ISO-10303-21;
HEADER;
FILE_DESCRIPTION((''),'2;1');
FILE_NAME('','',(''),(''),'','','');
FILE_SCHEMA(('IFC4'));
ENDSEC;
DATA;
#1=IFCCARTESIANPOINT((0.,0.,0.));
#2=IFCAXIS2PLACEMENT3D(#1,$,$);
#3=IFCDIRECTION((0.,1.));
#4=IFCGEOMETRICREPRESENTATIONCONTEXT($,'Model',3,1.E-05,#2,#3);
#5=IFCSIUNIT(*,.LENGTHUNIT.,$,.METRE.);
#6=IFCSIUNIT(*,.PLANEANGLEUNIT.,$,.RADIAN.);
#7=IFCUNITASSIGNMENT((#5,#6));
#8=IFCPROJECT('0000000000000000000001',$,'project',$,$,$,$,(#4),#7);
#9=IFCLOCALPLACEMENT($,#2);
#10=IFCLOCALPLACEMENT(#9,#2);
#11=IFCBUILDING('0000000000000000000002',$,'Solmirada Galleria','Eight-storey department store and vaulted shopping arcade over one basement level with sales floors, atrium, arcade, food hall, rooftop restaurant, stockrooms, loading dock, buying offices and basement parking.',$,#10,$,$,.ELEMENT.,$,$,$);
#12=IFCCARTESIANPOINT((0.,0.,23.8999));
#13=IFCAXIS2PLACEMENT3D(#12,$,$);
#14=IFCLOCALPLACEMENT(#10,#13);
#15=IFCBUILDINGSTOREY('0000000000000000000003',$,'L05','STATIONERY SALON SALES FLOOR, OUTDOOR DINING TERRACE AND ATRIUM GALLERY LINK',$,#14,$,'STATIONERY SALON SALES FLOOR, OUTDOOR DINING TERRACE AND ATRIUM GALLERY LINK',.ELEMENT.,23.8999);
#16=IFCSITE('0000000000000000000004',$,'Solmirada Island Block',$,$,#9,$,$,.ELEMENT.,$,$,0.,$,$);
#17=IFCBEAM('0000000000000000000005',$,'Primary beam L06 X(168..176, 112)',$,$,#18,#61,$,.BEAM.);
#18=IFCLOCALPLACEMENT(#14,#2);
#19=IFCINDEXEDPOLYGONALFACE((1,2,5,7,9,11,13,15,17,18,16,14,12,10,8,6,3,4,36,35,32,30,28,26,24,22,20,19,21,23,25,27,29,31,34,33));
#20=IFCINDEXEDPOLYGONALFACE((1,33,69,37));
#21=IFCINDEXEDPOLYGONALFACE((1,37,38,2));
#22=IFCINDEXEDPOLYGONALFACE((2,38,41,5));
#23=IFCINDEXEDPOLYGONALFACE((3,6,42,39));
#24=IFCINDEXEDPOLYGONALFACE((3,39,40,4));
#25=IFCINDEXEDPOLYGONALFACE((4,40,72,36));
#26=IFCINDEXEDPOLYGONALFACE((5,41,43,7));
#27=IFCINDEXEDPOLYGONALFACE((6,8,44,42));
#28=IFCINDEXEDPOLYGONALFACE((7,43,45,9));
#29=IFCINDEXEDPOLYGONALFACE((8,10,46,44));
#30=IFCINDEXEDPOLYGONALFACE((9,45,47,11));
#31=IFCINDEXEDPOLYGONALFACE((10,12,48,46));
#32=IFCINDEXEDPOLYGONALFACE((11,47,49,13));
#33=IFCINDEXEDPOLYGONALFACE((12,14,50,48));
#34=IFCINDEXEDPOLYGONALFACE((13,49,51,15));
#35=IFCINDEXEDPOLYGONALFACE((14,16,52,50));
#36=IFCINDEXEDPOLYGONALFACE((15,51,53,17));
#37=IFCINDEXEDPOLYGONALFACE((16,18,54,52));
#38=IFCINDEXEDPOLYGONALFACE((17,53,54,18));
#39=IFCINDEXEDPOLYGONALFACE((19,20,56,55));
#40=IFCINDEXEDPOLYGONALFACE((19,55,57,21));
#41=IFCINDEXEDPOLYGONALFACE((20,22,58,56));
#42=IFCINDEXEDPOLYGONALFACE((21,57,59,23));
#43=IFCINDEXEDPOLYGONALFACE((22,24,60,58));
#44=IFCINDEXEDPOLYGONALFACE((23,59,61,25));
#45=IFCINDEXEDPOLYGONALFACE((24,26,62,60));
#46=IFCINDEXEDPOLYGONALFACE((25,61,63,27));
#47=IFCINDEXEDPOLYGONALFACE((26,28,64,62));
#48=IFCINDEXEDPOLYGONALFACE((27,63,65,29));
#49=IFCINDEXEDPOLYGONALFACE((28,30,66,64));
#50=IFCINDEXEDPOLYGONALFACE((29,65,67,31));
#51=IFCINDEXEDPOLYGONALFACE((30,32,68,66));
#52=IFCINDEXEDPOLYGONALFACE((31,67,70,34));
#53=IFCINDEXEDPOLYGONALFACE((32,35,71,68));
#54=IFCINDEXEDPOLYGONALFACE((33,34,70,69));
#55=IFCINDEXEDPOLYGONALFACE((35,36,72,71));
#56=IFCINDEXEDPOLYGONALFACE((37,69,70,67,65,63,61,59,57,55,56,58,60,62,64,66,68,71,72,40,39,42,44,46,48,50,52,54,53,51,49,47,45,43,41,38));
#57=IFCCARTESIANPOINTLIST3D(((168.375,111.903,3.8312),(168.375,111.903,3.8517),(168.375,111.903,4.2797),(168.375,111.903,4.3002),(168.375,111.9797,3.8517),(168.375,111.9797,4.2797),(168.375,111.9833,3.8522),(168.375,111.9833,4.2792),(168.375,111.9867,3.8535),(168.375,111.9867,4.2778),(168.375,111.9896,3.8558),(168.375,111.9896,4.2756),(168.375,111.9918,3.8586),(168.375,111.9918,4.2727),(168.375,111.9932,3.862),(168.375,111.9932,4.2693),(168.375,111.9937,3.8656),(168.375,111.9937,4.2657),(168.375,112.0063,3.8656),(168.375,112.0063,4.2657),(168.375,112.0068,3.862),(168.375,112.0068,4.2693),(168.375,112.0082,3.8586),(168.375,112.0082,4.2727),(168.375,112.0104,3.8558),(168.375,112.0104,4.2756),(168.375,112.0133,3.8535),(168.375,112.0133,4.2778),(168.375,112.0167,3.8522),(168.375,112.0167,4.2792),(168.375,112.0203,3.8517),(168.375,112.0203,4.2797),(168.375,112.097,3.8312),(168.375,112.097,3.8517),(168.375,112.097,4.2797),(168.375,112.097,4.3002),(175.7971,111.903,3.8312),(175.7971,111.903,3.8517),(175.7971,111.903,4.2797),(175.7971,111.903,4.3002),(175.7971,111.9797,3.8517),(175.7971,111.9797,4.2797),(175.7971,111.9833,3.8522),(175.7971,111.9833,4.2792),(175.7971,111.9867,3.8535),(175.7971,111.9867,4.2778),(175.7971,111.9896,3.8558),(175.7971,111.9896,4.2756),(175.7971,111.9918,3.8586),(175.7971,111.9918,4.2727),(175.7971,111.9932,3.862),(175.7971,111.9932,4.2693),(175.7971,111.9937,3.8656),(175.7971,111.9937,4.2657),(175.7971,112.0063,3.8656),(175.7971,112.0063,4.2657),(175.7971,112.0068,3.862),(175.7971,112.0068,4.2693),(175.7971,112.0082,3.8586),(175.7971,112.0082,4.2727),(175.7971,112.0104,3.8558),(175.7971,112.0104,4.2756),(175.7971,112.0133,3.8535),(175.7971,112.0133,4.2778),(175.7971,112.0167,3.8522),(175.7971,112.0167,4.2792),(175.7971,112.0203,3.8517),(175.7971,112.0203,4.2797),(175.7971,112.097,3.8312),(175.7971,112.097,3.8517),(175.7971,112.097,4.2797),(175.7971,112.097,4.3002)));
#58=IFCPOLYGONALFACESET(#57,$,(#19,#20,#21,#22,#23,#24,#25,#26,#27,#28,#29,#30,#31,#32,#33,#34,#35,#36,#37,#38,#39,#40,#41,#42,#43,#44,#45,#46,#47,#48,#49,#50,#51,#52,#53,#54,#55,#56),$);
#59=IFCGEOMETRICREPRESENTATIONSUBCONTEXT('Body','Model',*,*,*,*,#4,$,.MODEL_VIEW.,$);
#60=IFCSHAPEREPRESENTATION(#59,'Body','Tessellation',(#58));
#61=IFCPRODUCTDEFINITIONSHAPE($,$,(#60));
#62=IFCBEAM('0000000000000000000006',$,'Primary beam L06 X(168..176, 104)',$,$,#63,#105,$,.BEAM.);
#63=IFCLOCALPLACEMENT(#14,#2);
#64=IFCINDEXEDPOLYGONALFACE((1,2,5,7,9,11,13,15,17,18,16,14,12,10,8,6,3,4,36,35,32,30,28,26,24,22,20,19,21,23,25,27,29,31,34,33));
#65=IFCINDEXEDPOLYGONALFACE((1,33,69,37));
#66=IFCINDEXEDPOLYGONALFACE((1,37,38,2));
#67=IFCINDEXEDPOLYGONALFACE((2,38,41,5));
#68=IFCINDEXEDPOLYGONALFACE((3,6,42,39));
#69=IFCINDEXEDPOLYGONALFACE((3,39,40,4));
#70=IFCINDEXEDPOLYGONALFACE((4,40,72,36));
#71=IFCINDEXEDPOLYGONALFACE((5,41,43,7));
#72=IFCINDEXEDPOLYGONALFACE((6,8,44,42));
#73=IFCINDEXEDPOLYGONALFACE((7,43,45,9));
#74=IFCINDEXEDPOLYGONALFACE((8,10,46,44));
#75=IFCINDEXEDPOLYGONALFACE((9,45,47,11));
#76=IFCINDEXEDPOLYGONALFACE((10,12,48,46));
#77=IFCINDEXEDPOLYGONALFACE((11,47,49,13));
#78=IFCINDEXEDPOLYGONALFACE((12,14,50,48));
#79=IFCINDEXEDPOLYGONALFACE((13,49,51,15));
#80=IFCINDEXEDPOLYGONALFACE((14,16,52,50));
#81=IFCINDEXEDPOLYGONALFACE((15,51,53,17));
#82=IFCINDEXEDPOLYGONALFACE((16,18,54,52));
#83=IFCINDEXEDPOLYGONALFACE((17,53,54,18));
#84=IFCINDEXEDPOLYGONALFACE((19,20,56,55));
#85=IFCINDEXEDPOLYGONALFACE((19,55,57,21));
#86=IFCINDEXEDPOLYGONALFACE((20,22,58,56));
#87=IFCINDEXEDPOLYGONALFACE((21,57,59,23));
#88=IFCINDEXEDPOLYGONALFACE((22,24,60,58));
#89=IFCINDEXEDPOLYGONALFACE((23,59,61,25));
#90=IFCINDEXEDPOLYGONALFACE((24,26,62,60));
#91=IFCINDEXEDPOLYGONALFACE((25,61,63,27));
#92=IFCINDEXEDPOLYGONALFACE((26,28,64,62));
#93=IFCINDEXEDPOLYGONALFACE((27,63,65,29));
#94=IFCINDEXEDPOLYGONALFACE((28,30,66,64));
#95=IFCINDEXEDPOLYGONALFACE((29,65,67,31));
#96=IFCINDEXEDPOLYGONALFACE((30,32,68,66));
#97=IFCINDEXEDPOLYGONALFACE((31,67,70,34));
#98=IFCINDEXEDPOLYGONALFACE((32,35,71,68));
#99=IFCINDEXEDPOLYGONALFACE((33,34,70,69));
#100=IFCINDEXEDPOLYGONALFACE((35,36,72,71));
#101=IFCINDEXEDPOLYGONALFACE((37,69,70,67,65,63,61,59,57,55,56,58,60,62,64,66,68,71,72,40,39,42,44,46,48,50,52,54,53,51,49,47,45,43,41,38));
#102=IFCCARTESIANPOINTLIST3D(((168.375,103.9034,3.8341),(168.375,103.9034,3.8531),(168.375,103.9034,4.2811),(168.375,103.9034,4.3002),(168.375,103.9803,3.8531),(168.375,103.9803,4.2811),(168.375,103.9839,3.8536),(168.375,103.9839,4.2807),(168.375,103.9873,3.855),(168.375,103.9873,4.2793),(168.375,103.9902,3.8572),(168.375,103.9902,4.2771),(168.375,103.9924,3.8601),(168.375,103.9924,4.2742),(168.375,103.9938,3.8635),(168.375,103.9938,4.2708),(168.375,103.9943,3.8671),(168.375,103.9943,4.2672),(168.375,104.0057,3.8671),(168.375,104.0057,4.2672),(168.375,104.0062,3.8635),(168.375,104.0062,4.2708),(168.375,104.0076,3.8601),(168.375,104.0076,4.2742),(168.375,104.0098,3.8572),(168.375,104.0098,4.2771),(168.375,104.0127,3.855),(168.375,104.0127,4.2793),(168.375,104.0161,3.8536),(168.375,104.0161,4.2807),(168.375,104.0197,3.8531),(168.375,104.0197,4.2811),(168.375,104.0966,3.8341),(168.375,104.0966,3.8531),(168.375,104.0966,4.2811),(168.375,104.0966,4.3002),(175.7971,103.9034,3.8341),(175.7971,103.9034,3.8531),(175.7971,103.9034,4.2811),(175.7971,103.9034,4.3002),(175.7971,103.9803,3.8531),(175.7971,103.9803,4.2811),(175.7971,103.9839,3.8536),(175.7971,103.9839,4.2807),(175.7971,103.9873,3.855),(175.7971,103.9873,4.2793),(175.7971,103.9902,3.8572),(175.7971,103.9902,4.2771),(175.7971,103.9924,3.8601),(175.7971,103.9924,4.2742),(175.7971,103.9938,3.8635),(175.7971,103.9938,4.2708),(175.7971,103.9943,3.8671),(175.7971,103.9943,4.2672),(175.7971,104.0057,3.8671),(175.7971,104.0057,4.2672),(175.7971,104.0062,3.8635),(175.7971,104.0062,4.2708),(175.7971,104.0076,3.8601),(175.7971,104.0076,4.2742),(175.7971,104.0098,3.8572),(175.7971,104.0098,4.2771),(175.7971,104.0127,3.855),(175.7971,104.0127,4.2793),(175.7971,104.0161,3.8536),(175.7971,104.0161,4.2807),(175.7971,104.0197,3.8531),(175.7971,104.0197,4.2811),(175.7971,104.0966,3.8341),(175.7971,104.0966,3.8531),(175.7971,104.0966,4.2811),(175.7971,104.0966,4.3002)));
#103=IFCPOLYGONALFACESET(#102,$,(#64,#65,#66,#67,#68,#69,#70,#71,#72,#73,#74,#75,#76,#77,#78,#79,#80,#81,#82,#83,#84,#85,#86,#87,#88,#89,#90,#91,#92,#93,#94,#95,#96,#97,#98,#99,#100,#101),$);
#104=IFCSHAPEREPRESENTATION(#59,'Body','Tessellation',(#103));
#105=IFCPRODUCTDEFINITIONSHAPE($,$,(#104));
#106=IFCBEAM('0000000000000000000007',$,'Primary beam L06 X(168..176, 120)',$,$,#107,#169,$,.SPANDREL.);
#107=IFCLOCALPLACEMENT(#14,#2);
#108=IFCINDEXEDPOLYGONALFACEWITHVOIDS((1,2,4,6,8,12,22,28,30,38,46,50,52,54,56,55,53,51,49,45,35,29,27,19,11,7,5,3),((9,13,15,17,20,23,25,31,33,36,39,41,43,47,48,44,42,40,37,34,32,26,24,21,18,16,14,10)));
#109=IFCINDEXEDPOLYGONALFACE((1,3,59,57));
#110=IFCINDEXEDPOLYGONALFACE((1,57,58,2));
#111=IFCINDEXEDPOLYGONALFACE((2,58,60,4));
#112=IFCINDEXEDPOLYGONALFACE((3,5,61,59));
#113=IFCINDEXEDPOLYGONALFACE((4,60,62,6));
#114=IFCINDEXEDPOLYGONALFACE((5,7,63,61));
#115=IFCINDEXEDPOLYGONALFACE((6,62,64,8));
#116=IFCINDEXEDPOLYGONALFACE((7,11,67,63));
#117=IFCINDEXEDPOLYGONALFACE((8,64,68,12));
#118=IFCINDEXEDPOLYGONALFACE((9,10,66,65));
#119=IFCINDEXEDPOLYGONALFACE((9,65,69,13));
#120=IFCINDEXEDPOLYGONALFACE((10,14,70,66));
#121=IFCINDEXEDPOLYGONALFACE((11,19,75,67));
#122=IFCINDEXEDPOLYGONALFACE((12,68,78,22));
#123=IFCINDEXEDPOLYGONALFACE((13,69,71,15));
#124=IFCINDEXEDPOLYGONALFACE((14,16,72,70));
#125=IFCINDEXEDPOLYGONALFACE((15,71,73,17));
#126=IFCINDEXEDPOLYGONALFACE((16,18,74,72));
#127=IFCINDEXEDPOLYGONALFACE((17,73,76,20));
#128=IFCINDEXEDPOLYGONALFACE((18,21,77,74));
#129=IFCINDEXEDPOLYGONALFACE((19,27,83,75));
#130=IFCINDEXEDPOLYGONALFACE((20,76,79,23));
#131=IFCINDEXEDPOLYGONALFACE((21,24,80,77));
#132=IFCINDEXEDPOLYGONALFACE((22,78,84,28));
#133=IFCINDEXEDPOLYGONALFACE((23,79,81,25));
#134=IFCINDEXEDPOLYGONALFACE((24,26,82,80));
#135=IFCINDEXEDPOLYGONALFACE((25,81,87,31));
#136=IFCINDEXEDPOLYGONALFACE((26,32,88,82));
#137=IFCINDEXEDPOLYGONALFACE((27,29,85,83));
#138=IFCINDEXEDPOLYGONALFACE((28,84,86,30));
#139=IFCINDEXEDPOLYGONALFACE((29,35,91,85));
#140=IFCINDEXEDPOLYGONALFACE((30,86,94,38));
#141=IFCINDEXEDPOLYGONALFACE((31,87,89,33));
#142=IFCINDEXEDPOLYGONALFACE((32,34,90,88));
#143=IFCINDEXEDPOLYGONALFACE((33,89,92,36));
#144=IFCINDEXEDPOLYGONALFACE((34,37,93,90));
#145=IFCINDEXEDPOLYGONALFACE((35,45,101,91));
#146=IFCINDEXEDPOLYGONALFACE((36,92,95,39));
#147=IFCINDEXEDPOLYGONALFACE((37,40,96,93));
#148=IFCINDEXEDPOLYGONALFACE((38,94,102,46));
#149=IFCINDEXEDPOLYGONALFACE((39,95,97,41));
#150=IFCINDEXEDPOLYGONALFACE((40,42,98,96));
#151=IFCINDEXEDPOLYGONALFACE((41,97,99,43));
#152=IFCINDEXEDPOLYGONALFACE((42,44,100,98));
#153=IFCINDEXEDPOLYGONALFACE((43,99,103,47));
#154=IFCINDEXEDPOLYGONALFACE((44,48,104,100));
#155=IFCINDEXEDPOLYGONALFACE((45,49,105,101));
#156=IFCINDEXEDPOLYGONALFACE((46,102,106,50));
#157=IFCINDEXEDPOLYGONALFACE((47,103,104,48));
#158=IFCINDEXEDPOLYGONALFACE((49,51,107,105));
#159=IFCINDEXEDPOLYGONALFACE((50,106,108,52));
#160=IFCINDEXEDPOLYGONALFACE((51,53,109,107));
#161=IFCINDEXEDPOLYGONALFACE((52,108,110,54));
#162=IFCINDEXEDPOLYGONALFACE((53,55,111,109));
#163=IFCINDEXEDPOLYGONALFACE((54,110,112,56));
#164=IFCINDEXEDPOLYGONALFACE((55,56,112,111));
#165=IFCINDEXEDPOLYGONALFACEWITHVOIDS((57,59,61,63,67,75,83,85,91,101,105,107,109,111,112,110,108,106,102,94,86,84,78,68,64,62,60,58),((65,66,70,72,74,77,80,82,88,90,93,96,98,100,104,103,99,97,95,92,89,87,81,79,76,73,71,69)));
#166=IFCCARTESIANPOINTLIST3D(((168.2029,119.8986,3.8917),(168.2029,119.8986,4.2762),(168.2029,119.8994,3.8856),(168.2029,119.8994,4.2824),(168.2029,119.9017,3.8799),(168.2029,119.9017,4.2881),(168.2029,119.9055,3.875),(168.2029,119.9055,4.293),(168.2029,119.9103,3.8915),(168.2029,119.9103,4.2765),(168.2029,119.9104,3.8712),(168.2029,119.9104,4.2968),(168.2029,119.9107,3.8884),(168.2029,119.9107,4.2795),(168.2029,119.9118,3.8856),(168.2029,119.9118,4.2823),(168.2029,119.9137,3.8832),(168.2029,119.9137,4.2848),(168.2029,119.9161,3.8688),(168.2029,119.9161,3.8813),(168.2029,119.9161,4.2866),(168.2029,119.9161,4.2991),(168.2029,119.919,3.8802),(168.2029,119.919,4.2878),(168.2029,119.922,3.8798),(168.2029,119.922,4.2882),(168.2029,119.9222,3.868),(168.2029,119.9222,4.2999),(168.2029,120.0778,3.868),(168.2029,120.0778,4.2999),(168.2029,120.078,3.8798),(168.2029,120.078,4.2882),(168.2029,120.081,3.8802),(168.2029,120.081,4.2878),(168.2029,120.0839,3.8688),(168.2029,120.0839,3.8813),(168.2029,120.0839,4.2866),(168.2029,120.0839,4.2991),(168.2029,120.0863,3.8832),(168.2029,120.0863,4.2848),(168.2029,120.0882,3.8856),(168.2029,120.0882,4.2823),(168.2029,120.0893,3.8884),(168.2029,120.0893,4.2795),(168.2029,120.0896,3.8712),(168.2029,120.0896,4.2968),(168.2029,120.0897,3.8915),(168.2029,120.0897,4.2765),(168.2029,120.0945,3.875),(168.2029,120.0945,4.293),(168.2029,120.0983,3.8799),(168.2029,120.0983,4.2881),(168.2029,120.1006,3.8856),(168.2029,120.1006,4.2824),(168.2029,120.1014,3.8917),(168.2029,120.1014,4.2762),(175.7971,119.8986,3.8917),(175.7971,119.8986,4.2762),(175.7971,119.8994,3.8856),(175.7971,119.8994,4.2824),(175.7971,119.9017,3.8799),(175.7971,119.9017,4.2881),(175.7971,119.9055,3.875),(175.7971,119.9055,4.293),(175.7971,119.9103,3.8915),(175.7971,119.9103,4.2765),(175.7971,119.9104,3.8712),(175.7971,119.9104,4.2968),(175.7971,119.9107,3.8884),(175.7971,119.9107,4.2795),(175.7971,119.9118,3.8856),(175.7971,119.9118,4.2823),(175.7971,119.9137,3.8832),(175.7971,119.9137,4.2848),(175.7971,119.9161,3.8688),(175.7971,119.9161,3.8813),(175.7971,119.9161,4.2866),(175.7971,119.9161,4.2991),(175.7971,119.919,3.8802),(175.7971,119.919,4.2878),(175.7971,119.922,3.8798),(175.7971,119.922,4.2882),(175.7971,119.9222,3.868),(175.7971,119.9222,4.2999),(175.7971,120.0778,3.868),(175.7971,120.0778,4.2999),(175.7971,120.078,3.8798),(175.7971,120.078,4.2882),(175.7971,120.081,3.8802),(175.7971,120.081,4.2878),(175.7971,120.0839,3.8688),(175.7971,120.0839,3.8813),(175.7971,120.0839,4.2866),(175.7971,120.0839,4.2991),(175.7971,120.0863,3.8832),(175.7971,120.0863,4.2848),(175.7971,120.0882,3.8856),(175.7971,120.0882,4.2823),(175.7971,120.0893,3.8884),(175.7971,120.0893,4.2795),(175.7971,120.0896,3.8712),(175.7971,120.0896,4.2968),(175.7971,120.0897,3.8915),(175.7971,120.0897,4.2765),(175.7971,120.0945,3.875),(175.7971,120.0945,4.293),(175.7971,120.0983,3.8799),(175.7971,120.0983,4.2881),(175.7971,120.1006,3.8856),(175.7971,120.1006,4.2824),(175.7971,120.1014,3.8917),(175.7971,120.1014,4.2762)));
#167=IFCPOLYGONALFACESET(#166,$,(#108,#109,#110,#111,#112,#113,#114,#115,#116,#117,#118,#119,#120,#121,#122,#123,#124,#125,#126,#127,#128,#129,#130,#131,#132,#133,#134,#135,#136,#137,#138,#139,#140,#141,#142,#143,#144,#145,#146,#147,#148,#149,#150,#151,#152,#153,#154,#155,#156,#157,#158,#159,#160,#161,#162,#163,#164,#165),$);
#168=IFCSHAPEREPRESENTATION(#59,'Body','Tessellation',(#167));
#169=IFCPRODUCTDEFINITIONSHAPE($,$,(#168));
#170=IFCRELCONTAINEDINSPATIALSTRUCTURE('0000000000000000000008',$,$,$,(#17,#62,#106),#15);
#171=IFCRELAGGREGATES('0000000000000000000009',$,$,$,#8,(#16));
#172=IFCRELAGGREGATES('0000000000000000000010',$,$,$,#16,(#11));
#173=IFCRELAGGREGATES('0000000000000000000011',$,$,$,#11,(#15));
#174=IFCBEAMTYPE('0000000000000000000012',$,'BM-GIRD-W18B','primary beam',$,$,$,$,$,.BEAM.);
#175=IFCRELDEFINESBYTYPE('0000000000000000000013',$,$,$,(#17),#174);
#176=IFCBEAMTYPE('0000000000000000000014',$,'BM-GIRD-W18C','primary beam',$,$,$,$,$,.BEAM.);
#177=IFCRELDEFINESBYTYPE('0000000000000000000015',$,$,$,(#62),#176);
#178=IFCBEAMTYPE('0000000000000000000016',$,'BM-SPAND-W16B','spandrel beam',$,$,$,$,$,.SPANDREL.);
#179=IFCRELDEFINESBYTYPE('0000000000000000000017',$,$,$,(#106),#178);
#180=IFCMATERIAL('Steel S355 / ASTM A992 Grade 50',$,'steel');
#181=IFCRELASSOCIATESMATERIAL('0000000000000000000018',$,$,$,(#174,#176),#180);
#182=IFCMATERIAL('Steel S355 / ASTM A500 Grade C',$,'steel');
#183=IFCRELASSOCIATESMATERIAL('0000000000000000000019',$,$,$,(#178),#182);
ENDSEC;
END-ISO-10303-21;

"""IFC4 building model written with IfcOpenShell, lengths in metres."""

from ifc_helpers import new_model, si_unit, direction, frame, origin, origin_2d, place, context, subcontext, project, spatial, hollow_rectangle, i_section, extrude, material, material_profile, profile_set, type_object, element, save


model = new_model("IFC4")

# Units and contexts
model_context = context("Model", 3, precision=1e-05, world=origin(), true_north=direction((0.0, 1.0)))
body_context = subcontext(model_context, "Body", "Model", "MODEL_VIEW")
ifc_project = project(units=[si_unit("LENGTHUNIT", "METRE"), si_unit("PLANEANGLEUNIT", "RADIAN")], contexts=[model_context])

# Site, building, storey
site_placement = place(None, origin())
site = spatial("IfcSite", under=ifc_project, at=site_placement, Name="Solmirada Island Block", CompositionType="ELEMENT", RefElevation=0.0)
building_placement = place(site_placement, origin())
building = spatial("IfcBuilding", under=site, at=building_placement, Name="Solmirada Galleria", Description="Eight-storey department store and vaulted shopping arcade over one basement level with sales floors, atrium, arcade, food hall, rooftop restaurant, stockrooms, loading dock, buying offices and basement parking.", CompositionType="ELEMENT")
storey_placement = place(building_placement, frame((0.0, 0.0, 23.8999)))
storey = spatial("IfcBuildingStorey", under=building, at=storey_placement, Name="L05", Description="STATIONERY SALON SALES FLOOR, OUTDOOR DINING TERRACE AND ATRIUM GALLERY LINK", LongName="STATIONERY SALON SALES FLOOR, OUTDOOR DINING TERRACE AND ATRIUM GALLERY LINK", CompositionType="ELEMENT", Elevation=23.8999)

# Shared definitions
ifc_material_1 = material(Name="Steel S355 / ASTM A500 Grade C", Category="steel")

# Beams
ifc_material_2 = material(Name="Steel S355 / ASTM A992 Grade 50", Category="steel")
ifc_material_profile_1 = material_profile(ifc_material_2, i_section(OverallWidth=0.1941, OverallDepth=0.469, WebThickness=0.0127, FlangeThickness=0.0205, FilletRadius=0.0139, at=origin_2d()), Name="W18X71")
ifc_profile_set_1 = profile_set([ifc_material_profile_1], Name="Steel S355 / ASTM A992 Grade 50")
beam_type_1 = type_object("IfcBeamType", Name="BM-GIRD-W18B", Description="primary beam", PredefinedType="BEAM", material=ifc_profile_set_1)
beam_1_placement = place(storey_placement, frame((168.375, 112.0, 4.0657), z_axis=(1.0, 0.0, 0.0), x_axis=(0.0, 1.0, 0.0)))
element("IfcBeam", 1, at=beam_1_placement, inside=storey, type_object=beam_type_1, Name="Primary beam L06 X(168..176, 112)", PredefinedType="BEAM", context=body_context, shape_type="SweptSolid", body=[
    extrude(i_section(OverallWidth=0.1941, OverallDepth=0.469, WebThickness=0.0127, FlangeThickness=0.0205, FilletRadius=0.0139, at=origin_2d()), origin(), (0.0, 0.0, 1.0), 7.4221),
])
ifc_material_profile_2 = material_profile(ifc_material_2, i_section(OverallWidth=0.1931, OverallDepth=0.4661, WebThickness=0.0115, FlangeThickness=0.019, FilletRadius=0.0139, at=origin_2d()), Name="W18X65")
ifc_profile_set_2 = profile_set([ifc_material_profile_2], Name="Steel S355 / ASTM A992 Grade 50")
beam_type_2 = type_object("IfcBeamType", Name="BM-GIRD-W18C", Description="primary beam", PredefinedType="BEAM", material=ifc_profile_set_2)
beam_2_placement = place(storey_placement, frame((168.375, 104.0, 4.0671), z_axis=(1.0, 0.0, 0.0), x_axis=(0.0, 1.0, 0.0)))
element("IfcBeam", 2, at=beam_2_placement, inside=storey, type_object=beam_type_2, Name="Primary beam L06 X(168..176, 104)", PredefinedType="BEAM", context=body_context, shape_type="SweptSolid", body=[
    extrude(i_section(OverallWidth=0.1931, OverallDepth=0.4661, WebThickness=0.0115, FlangeThickness=0.019, FilletRadius=0.0139, at=origin_2d()), origin(), (0.0, 0.0, 1.0), 7.4221),
])
ifc_material_profile_3 = material_profile(ifc_material_1, hollow_rectangle(XDim=0.2029, YDim=0.4319, WallThickness=0.0117, InnerFilletRadius=0.0117, OuterFilletRadius=0.0237, at=origin_2d()), Name="HSS17X8X1/2")
ifc_profile_set_3 = profile_set([ifc_material_profile_3], Name="Steel S355 / ASTM A500 Grade C")
beam_type_3 = type_object("IfcBeamType", Name="BM-SPAND-W16B", Description="spandrel beam", PredefinedType="SPANDREL", material=ifc_profile_set_3)
beam_3_placement = place(storey_placement, frame((168.2029, 120.0, 4.084), z_axis=(1.0, 0.0, 0.0), x_axis=(0.0, 1.0, 0.0)))
element("IfcBeam", 3, at=beam_3_placement, inside=storey, type_object=beam_type_3, Name="Primary beam L06 X(168..176, 120)", PredefinedType="SPANDREL", context=body_context, shape_type="SweptSolid", body=[
    extrude(hollow_rectangle(XDim=0.2029, YDim=0.4319, WallThickness=0.0117, InnerFilletRadius=0.0117, OuterFilletRadius=0.0237, at=origin_2d()), origin(), (0.0, 0.0, 1.0), 7.5942),
])

save(model, "model.ifc")
